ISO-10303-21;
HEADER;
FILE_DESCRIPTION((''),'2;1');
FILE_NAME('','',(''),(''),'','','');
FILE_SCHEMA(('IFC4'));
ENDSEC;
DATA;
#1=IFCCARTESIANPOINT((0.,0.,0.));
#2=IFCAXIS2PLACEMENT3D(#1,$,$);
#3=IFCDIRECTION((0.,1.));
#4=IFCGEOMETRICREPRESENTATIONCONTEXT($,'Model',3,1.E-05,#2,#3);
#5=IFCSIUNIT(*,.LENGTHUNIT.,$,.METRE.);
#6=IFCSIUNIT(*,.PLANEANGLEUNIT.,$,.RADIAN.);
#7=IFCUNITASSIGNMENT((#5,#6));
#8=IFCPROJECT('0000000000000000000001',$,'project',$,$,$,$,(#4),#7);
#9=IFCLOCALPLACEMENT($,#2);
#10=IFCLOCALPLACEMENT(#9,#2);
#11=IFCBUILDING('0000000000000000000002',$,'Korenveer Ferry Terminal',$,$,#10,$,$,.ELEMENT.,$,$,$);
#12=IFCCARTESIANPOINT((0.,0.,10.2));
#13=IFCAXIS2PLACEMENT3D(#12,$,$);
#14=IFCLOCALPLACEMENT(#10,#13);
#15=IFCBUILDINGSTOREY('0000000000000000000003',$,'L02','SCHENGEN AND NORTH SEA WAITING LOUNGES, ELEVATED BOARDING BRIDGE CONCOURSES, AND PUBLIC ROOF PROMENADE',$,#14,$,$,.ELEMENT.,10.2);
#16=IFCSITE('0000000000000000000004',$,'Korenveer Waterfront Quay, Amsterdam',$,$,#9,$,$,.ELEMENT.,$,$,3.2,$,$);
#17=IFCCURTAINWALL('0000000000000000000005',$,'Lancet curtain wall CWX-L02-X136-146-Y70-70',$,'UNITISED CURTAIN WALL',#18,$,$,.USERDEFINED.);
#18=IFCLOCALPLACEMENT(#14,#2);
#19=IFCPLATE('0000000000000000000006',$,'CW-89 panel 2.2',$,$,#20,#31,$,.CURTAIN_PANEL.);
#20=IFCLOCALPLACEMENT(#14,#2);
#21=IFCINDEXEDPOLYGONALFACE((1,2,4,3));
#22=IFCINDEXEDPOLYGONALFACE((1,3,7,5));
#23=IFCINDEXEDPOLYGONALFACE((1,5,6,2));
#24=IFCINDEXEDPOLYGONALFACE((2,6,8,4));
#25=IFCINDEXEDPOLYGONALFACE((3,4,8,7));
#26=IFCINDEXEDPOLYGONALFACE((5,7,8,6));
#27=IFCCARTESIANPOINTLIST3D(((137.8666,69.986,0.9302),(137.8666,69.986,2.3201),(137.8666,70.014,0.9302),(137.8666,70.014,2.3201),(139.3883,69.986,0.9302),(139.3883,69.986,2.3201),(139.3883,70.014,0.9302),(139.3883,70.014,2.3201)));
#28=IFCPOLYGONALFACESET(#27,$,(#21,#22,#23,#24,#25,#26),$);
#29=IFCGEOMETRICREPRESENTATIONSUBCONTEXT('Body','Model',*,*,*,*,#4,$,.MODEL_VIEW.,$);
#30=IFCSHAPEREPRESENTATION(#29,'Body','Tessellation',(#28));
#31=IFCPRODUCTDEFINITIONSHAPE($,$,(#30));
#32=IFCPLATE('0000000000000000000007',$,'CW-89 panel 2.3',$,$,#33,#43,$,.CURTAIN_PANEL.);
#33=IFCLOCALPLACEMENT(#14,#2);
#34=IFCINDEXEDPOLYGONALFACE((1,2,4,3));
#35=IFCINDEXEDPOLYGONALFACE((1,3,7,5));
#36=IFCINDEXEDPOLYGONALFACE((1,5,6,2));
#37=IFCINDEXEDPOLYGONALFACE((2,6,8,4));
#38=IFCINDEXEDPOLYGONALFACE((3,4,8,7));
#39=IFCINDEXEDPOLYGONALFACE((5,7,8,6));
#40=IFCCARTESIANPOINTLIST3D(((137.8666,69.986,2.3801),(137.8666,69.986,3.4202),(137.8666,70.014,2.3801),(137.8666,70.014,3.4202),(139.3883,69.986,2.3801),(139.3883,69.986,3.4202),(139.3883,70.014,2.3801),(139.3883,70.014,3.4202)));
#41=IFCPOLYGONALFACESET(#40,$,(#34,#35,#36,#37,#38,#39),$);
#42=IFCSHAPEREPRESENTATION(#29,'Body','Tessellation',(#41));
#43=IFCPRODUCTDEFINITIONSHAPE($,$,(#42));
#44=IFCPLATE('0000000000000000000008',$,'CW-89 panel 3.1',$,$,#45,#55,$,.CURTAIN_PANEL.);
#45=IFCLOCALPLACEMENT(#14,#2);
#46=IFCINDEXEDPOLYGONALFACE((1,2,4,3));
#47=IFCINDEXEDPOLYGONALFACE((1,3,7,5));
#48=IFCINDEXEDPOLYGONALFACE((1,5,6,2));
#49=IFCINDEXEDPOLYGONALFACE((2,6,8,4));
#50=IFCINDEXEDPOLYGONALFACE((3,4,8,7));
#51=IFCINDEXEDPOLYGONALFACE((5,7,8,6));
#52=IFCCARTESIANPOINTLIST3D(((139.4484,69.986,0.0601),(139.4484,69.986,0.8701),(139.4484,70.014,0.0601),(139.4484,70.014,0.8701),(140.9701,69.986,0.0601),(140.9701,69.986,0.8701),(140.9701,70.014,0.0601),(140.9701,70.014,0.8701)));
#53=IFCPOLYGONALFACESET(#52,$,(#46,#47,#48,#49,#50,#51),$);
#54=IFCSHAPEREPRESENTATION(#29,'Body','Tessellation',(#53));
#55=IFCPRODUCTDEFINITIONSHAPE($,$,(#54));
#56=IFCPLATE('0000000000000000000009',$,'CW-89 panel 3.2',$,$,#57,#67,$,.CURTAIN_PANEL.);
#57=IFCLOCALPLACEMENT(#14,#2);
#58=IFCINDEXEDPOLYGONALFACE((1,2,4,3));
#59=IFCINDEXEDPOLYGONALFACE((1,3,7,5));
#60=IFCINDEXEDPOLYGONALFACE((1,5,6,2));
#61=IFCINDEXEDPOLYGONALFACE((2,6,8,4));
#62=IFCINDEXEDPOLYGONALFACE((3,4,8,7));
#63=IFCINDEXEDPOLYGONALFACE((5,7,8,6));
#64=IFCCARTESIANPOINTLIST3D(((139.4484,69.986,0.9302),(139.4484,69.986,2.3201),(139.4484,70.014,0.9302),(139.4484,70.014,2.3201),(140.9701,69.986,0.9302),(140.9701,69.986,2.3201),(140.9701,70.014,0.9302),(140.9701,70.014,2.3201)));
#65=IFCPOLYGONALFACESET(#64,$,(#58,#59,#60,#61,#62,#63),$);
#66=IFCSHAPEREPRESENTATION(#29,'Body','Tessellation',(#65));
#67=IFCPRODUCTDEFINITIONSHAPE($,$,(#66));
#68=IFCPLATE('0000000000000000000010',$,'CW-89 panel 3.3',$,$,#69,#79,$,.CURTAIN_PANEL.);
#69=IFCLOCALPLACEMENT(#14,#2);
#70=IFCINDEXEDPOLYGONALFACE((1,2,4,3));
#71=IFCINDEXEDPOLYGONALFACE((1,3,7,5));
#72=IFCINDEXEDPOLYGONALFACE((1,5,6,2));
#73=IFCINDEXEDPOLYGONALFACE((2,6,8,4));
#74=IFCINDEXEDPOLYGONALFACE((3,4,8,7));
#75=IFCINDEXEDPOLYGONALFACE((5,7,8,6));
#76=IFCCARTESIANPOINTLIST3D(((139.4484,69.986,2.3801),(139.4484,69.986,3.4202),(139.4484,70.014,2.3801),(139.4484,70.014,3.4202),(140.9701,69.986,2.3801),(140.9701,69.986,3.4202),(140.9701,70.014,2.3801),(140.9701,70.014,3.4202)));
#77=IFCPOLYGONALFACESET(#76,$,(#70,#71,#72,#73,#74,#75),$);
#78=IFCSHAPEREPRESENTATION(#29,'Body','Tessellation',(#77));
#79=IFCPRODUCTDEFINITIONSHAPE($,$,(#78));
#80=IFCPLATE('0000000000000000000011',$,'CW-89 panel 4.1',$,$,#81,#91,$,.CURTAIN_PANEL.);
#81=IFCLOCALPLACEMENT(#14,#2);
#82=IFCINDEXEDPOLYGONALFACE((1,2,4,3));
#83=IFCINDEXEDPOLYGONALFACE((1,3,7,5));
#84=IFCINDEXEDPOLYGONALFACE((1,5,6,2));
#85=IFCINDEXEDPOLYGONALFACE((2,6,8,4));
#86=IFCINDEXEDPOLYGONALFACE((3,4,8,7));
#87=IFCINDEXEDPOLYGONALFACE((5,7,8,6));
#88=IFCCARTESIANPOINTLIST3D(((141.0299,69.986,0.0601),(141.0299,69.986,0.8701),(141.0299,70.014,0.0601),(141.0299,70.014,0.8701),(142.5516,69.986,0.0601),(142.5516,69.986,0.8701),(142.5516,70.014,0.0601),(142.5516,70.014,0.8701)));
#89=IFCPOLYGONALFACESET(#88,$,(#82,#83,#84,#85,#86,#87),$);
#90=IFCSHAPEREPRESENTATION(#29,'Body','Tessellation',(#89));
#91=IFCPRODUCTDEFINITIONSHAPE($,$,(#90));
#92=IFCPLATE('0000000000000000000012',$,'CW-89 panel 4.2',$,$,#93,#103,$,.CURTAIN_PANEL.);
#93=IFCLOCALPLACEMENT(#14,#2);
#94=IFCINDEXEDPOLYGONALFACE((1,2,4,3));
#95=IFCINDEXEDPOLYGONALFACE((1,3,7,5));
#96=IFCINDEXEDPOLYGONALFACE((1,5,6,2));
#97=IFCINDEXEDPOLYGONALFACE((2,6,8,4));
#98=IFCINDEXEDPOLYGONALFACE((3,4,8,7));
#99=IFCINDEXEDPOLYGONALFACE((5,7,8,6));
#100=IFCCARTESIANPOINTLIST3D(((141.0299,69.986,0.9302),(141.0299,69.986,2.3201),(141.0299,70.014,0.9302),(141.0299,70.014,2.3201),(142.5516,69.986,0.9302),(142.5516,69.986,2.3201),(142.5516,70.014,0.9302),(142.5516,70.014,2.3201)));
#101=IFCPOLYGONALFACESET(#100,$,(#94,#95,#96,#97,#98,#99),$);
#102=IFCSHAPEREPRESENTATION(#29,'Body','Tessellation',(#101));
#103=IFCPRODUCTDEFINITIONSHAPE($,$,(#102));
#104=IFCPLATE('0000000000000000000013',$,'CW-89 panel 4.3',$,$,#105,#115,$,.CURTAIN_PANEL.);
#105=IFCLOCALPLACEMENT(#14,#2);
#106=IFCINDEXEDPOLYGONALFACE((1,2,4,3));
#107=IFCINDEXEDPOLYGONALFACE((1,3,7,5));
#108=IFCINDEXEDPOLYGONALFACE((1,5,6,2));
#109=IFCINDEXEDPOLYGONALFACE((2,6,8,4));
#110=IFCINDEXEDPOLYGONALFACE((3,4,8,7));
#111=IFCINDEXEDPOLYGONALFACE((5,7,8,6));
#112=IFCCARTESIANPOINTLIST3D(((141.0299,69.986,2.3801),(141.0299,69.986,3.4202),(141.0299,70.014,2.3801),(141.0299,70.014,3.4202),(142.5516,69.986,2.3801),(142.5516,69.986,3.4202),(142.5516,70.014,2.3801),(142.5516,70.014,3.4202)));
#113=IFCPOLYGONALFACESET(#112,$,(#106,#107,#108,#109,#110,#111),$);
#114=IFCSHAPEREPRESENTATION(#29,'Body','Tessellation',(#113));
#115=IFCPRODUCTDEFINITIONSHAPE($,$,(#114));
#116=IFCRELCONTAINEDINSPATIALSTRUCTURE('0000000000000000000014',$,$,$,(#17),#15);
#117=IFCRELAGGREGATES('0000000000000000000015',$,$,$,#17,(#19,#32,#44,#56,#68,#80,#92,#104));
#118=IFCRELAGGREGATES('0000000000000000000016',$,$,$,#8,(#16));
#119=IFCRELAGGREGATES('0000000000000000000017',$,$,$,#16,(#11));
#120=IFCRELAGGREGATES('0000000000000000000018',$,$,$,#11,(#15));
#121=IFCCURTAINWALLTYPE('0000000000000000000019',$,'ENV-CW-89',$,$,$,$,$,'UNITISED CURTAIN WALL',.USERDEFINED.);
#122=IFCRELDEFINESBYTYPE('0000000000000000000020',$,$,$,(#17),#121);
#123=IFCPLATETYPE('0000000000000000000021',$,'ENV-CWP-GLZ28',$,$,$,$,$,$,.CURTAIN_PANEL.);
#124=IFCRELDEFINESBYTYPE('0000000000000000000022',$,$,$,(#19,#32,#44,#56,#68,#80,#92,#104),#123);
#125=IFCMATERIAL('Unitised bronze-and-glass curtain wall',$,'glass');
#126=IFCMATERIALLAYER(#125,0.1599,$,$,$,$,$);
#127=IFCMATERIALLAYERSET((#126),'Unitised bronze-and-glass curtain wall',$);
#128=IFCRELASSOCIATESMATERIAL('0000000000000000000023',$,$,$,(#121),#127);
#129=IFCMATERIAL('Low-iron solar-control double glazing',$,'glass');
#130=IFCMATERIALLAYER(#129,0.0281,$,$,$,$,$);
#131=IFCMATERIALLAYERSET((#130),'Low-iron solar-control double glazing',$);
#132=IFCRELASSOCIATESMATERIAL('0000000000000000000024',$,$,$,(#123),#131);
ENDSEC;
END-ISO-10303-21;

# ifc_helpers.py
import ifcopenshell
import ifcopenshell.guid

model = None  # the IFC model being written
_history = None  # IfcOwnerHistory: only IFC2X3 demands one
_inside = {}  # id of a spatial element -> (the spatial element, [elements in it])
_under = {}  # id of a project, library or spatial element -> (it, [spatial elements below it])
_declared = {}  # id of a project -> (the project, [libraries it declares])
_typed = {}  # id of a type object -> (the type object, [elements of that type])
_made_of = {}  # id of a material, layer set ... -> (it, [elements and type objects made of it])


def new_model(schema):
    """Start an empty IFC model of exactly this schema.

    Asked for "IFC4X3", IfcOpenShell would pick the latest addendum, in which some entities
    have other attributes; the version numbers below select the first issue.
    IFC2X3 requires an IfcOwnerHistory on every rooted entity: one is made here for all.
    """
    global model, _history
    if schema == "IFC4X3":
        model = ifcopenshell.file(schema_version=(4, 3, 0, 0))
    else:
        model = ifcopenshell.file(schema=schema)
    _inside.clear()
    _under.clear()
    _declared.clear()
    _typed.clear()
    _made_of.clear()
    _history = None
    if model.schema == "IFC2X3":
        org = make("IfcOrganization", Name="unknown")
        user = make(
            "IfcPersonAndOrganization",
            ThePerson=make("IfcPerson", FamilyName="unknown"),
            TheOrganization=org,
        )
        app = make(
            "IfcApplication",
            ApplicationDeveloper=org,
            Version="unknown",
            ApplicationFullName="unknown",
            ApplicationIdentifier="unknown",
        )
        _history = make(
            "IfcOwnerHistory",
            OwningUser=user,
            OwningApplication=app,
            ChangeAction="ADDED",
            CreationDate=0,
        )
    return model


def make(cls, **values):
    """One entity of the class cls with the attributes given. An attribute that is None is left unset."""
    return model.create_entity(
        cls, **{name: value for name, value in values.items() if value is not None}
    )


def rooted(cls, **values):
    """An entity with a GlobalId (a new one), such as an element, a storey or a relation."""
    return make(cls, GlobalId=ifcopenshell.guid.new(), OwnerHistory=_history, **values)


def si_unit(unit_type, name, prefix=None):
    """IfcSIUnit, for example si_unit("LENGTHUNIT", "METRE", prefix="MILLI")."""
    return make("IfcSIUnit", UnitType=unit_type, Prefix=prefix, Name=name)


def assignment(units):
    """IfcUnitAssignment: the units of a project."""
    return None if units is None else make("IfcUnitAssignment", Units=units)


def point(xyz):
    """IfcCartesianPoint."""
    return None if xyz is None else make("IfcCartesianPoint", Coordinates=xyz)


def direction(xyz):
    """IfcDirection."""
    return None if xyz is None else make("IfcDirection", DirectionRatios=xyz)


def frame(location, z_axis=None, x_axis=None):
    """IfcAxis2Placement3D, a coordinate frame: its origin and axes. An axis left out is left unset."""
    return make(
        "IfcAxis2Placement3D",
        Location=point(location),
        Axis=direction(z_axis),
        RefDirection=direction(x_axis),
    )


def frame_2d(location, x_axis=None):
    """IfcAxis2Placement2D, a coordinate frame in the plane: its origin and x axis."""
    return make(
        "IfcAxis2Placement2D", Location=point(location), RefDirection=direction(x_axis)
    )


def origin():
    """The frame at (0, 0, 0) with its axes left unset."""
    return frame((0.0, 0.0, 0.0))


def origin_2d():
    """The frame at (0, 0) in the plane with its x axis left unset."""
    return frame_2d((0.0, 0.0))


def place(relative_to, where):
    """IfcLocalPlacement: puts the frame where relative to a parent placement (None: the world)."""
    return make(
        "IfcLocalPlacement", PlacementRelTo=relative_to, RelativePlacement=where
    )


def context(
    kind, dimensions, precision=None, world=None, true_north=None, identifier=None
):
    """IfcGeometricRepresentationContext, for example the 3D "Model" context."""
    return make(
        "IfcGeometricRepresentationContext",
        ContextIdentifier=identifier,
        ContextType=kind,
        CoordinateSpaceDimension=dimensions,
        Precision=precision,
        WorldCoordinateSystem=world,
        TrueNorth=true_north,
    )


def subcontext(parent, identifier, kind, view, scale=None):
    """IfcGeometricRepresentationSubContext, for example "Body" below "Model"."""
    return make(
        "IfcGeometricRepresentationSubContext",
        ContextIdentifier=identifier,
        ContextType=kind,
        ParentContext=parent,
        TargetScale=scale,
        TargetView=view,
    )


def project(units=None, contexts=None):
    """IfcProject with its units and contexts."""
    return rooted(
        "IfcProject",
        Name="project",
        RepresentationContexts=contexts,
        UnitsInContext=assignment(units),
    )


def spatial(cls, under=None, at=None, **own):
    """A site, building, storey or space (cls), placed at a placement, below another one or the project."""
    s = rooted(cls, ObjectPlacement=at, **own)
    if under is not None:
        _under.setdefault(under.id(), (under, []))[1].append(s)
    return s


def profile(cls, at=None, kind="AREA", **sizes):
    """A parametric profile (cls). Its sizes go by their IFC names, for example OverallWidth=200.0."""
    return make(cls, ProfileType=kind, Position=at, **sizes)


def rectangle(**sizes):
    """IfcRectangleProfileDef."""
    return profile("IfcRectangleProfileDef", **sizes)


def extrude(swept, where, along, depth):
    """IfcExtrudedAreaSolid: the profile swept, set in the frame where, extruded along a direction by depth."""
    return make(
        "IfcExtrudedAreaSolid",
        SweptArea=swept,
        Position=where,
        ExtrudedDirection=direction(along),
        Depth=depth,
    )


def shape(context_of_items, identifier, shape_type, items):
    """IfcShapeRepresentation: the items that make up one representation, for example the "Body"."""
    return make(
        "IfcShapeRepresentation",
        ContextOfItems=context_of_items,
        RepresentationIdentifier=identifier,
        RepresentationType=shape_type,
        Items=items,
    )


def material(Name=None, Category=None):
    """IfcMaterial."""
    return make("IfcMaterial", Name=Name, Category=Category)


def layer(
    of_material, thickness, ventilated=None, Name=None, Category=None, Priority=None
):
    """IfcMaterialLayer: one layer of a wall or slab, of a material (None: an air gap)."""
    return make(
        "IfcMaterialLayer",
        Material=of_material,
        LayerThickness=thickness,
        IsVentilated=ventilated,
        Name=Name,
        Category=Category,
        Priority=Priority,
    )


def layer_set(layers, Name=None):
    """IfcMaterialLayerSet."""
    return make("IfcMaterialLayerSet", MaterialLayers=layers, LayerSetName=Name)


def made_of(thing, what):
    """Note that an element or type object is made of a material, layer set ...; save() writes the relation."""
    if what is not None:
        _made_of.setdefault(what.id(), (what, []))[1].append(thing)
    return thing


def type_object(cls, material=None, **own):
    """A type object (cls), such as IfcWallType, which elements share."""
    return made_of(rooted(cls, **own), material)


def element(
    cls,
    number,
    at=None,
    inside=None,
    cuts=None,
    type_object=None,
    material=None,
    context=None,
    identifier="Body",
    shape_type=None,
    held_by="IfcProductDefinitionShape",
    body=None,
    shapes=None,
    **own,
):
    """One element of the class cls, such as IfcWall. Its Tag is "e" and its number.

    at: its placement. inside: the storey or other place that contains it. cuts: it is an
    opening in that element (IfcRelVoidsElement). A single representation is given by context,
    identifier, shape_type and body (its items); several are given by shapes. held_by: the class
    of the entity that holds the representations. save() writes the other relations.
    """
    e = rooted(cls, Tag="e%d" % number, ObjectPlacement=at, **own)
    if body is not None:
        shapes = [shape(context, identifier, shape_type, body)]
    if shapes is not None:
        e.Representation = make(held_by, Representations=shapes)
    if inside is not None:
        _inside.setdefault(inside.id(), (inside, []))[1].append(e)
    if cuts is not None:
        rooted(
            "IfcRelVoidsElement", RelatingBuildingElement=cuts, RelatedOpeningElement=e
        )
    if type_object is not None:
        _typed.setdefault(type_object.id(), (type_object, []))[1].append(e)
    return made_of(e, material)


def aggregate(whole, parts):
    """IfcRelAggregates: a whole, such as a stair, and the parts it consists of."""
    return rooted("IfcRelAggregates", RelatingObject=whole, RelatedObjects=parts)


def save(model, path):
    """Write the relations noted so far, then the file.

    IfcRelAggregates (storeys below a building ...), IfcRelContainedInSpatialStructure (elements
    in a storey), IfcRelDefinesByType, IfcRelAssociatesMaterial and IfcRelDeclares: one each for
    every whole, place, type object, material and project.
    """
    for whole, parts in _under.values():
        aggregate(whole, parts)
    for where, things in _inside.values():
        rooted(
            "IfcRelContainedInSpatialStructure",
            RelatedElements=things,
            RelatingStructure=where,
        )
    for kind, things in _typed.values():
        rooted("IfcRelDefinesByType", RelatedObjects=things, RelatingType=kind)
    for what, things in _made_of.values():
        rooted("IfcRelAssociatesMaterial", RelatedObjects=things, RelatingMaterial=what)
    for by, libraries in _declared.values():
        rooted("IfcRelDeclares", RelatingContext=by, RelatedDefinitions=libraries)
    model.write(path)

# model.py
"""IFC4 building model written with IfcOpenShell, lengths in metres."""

from ifc_helpers import new_model, si_unit, direction, frame, origin, origin_2d, place, context, subcontext, project, spatial, rectangle, extrude, material, layer, layer_set, type_object, element, aggregate, save


model = new_model("IFC4")

# Units and contexts
model_context = context("Model", 3, precision=1e-05, world=origin(), true_north=direction((0.0, 1.0)))
body_context = subcontext(model_context, "Body", "Model", "MODEL_VIEW")
ifc_project = project(units=[si_unit("LENGTHUNIT", "METRE"), si_unit("PLANEANGLEUNIT", "RADIAN")], contexts=[model_context])

# Site, building, storey
site_placement = place(None, origin())
site = spatial("IfcSite", under=ifc_project, at=site_placement, Name="Korenveer Waterfront Quay, Amsterdam", CompositionType="ELEMENT", RefElevation=3.2)
building_placement = place(site_placement, origin())
building = spatial("IfcBuilding", under=site, at=building_placement, Name="Korenveer Ferry Terminal", CompositionType="ELEMENT")
storey_placement = place(building_placement, frame((0.0, 0.0, 10.2)))
storey = spatial("IfcBuildingStorey", under=building, at=storey_placement, Name="L02", Description="SCHENGEN AND NORTH SEA WAITING LOUNGES, ELEVATED BOARDING BRIDGE CONCOURSES, AND PUBLIC ROOF PROMENADE", CompositionType="ELEMENT", Elevation=10.2)

# Curtain wall
ifc_material_1 = material(Name="Unitised bronze-and-glass curtain wall", Category="glass")
ifc_layer_1 = layer(ifc_material_1, 0.1599)
ifc_layer_set_1 = layer_set([ifc_layer_1], Name="Unitised bronze-and-glass curtain wall")
curtain_wall_type = type_object("IfcCurtainWallType", Name="ENV-CW-89", ElementType="UNITISED CURTAIN WALL", PredefinedType="USERDEFINED", material=ifc_layer_set_1)
curtain_wall_placement = place(storey_placement, frame((136.2549, 70.0, 0.0)))
curtain_wall = element("IfcCurtainWall", 1, at=curtain_wall_placement, inside=storey, type_object=curtain_wall_type, Name="Lancet curtain wall CWX-L02-X136-146-Y70-70", ObjectType="UNITISED CURTAIN WALL", PredefinedType="USERDEFINED")

# Plates
ifc_material_2 = material(Name="Low-iron solar-control double glazing", Category="glass")
ifc_layer_2 = layer(ifc_material_2, 0.0281)
ifc_layer_set_2 = layer_set([ifc_layer_2], Name="Low-iron solar-control double glazing")
plate_type = type_object("IfcPlateType", Name="ENV-CWP-GLZ28", PredefinedType="CURTAIN_PANEL", material=ifc_layer_set_2)
plate_1_placement = place(storey_placement, frame((138.6274, 70.0, 0.9302), z_axis=(0.0, 0.0, 1.0), x_axis=(1.0, 0.0, 0.0)))
plate_1 = element("IfcPlate", 2, at=plate_1_placement, type_object=plate_type, Name="CW-89 panel 2.2", PredefinedType="CURTAIN_PANEL", context=body_context, shape_type="SweptSolid", body=[
    extrude(rectangle(XDim=1.5217, YDim=0.0281, at=origin_2d()), origin(), (0.0, 0.0, 1.0), 1.3899),
])
plate_2_placement = place(storey_placement, frame((138.6274, 70.0, 2.3801), z_axis=(0.0, 0.0, 1.0), x_axis=(1.0, 0.0, 0.0)))
plate_2 = element("IfcPlate", 3, at=plate_2_placement, type_object=plate_type, Name="CW-89 panel 2.3", PredefinedType="CURTAIN_PANEL", context=body_context, shape_type="SweptSolid", body=[
    extrude(rectangle(XDim=1.5217, YDim=0.0281, at=origin_2d()), origin(), (0.0, 0.0, 1.0), 1.04),
])
plate_3_placement = place(storey_placement, frame((140.2092, 70.0, 0.0601), z_axis=(0.0, 0.0, 1.0), x_axis=(1.0, 0.0, 0.0)))
plate_3 = element("IfcPlate", 4, at=plate_3_placement, type_object=plate_type, Name="CW-89 panel 3.1", PredefinedType="CURTAIN_PANEL", context=body_context, shape_type="SweptSolid", body=[
    extrude(rectangle(XDim=1.5217, YDim=0.0281, at=origin_2d()), origin(), (0.0, 0.0, 1.0), 0.8101),
])
plate_4_placement = place(storey_placement, frame((140.2092, 70.0, 0.9302), z_axis=(0.0, 0.0, 1.0), x_axis=(1.0, 0.0, 0.0)))
plate_4 = element("IfcPlate", 5, at=plate_4_placement, type_object=plate_type, Name="CW-89 panel 3.2", PredefinedType="CURTAIN_PANEL", context=body_context, shape_type="SweptSolid", body=[
    extrude(rectangle(XDim=1.5217, YDim=0.0281, at=origin_2d()), origin(), (0.0, 0.0, 1.0), 1.3899),
])
plate_5_placement = place(storey_placement, frame((140.2092, 70.0, 2.3801), z_axis=(0.0, 0.0, 1.0), x_axis=(1.0, 0.0, 0.0)))
plate_5 = element("IfcPlate", 6, at=plate_5_placement, type_object=plate_type, Name="CW-89 panel 3.3", PredefinedType="CURTAIN_PANEL", context=body_context, shape_type="SweptSolid", body=[
    extrude(rectangle(XDim=1.5217, YDim=0.0281, at=origin_2d()), origin(), (0.0, 0.0, 1.0), 1.04),
])
plate_6_placement = place(storey_placement, frame((141.7908, 70.0, 0.0601), z_axis=(0.0, 0.0, 1.0), x_axis=(1.0, 0.0, 0.0)))
plate_6 = element("IfcPlate", 7, at=plate_6_placement, type_object=plate_type, Name="CW-89 panel 4.1", PredefinedType="CURTAIN_PANEL", context=body_context, shape_type="SweptSolid", body=[
    extrude(rectangle(XDim=1.5217, YDim=0.0281, at=origin_2d()), origin(), (0.0, 0.0, 1.0), 0.8101),
])
plate_7_placement = place(storey_placement, frame((141.7908, 70.0, 0.9302), z_axis=(0.0, 0.0, 1.0), x_axis=(1.0, 0.0, 0.0)))
plate_7 = element("IfcPlate", 8, at=plate_7_placement, type_object=plate_type, Name="CW-89 panel 4.2", PredefinedType="CURTAIN_PANEL", context=body_context, shape_type="SweptSolid", body=[
    extrude(rectangle(XDim=1.5217, YDim=0.0281, at=origin_2d()), origin(), (0.0, 0.0, 1.0), 1.3899),
])
plate_8_placement = place(storey_placement, frame((141.7908, 70.0, 2.3801), z_axis=(0.0, 0.0, 1.0), x_axis=(1.0, 0.0, 0.0)))
plate_8 = element("IfcPlate", 9, at=plate_8_placement, type_object=plate_type, Name="CW-89 panel 4.3", PredefinedType="CURTAIN_PANEL", context=body_context, shape_type="SweptSolid", body=[
    extrude(rectangle(XDim=1.5217, YDim=0.0281, at=origin_2d()), origin(), (0.0, 0.0, 1.0), 1.04),
])
aggregate(curtain_wall, [plate_1, plate_2, plate_3, plate_4, plate_5, plate_6, plate_7, plate_8])

save(model, "model.ifc")
